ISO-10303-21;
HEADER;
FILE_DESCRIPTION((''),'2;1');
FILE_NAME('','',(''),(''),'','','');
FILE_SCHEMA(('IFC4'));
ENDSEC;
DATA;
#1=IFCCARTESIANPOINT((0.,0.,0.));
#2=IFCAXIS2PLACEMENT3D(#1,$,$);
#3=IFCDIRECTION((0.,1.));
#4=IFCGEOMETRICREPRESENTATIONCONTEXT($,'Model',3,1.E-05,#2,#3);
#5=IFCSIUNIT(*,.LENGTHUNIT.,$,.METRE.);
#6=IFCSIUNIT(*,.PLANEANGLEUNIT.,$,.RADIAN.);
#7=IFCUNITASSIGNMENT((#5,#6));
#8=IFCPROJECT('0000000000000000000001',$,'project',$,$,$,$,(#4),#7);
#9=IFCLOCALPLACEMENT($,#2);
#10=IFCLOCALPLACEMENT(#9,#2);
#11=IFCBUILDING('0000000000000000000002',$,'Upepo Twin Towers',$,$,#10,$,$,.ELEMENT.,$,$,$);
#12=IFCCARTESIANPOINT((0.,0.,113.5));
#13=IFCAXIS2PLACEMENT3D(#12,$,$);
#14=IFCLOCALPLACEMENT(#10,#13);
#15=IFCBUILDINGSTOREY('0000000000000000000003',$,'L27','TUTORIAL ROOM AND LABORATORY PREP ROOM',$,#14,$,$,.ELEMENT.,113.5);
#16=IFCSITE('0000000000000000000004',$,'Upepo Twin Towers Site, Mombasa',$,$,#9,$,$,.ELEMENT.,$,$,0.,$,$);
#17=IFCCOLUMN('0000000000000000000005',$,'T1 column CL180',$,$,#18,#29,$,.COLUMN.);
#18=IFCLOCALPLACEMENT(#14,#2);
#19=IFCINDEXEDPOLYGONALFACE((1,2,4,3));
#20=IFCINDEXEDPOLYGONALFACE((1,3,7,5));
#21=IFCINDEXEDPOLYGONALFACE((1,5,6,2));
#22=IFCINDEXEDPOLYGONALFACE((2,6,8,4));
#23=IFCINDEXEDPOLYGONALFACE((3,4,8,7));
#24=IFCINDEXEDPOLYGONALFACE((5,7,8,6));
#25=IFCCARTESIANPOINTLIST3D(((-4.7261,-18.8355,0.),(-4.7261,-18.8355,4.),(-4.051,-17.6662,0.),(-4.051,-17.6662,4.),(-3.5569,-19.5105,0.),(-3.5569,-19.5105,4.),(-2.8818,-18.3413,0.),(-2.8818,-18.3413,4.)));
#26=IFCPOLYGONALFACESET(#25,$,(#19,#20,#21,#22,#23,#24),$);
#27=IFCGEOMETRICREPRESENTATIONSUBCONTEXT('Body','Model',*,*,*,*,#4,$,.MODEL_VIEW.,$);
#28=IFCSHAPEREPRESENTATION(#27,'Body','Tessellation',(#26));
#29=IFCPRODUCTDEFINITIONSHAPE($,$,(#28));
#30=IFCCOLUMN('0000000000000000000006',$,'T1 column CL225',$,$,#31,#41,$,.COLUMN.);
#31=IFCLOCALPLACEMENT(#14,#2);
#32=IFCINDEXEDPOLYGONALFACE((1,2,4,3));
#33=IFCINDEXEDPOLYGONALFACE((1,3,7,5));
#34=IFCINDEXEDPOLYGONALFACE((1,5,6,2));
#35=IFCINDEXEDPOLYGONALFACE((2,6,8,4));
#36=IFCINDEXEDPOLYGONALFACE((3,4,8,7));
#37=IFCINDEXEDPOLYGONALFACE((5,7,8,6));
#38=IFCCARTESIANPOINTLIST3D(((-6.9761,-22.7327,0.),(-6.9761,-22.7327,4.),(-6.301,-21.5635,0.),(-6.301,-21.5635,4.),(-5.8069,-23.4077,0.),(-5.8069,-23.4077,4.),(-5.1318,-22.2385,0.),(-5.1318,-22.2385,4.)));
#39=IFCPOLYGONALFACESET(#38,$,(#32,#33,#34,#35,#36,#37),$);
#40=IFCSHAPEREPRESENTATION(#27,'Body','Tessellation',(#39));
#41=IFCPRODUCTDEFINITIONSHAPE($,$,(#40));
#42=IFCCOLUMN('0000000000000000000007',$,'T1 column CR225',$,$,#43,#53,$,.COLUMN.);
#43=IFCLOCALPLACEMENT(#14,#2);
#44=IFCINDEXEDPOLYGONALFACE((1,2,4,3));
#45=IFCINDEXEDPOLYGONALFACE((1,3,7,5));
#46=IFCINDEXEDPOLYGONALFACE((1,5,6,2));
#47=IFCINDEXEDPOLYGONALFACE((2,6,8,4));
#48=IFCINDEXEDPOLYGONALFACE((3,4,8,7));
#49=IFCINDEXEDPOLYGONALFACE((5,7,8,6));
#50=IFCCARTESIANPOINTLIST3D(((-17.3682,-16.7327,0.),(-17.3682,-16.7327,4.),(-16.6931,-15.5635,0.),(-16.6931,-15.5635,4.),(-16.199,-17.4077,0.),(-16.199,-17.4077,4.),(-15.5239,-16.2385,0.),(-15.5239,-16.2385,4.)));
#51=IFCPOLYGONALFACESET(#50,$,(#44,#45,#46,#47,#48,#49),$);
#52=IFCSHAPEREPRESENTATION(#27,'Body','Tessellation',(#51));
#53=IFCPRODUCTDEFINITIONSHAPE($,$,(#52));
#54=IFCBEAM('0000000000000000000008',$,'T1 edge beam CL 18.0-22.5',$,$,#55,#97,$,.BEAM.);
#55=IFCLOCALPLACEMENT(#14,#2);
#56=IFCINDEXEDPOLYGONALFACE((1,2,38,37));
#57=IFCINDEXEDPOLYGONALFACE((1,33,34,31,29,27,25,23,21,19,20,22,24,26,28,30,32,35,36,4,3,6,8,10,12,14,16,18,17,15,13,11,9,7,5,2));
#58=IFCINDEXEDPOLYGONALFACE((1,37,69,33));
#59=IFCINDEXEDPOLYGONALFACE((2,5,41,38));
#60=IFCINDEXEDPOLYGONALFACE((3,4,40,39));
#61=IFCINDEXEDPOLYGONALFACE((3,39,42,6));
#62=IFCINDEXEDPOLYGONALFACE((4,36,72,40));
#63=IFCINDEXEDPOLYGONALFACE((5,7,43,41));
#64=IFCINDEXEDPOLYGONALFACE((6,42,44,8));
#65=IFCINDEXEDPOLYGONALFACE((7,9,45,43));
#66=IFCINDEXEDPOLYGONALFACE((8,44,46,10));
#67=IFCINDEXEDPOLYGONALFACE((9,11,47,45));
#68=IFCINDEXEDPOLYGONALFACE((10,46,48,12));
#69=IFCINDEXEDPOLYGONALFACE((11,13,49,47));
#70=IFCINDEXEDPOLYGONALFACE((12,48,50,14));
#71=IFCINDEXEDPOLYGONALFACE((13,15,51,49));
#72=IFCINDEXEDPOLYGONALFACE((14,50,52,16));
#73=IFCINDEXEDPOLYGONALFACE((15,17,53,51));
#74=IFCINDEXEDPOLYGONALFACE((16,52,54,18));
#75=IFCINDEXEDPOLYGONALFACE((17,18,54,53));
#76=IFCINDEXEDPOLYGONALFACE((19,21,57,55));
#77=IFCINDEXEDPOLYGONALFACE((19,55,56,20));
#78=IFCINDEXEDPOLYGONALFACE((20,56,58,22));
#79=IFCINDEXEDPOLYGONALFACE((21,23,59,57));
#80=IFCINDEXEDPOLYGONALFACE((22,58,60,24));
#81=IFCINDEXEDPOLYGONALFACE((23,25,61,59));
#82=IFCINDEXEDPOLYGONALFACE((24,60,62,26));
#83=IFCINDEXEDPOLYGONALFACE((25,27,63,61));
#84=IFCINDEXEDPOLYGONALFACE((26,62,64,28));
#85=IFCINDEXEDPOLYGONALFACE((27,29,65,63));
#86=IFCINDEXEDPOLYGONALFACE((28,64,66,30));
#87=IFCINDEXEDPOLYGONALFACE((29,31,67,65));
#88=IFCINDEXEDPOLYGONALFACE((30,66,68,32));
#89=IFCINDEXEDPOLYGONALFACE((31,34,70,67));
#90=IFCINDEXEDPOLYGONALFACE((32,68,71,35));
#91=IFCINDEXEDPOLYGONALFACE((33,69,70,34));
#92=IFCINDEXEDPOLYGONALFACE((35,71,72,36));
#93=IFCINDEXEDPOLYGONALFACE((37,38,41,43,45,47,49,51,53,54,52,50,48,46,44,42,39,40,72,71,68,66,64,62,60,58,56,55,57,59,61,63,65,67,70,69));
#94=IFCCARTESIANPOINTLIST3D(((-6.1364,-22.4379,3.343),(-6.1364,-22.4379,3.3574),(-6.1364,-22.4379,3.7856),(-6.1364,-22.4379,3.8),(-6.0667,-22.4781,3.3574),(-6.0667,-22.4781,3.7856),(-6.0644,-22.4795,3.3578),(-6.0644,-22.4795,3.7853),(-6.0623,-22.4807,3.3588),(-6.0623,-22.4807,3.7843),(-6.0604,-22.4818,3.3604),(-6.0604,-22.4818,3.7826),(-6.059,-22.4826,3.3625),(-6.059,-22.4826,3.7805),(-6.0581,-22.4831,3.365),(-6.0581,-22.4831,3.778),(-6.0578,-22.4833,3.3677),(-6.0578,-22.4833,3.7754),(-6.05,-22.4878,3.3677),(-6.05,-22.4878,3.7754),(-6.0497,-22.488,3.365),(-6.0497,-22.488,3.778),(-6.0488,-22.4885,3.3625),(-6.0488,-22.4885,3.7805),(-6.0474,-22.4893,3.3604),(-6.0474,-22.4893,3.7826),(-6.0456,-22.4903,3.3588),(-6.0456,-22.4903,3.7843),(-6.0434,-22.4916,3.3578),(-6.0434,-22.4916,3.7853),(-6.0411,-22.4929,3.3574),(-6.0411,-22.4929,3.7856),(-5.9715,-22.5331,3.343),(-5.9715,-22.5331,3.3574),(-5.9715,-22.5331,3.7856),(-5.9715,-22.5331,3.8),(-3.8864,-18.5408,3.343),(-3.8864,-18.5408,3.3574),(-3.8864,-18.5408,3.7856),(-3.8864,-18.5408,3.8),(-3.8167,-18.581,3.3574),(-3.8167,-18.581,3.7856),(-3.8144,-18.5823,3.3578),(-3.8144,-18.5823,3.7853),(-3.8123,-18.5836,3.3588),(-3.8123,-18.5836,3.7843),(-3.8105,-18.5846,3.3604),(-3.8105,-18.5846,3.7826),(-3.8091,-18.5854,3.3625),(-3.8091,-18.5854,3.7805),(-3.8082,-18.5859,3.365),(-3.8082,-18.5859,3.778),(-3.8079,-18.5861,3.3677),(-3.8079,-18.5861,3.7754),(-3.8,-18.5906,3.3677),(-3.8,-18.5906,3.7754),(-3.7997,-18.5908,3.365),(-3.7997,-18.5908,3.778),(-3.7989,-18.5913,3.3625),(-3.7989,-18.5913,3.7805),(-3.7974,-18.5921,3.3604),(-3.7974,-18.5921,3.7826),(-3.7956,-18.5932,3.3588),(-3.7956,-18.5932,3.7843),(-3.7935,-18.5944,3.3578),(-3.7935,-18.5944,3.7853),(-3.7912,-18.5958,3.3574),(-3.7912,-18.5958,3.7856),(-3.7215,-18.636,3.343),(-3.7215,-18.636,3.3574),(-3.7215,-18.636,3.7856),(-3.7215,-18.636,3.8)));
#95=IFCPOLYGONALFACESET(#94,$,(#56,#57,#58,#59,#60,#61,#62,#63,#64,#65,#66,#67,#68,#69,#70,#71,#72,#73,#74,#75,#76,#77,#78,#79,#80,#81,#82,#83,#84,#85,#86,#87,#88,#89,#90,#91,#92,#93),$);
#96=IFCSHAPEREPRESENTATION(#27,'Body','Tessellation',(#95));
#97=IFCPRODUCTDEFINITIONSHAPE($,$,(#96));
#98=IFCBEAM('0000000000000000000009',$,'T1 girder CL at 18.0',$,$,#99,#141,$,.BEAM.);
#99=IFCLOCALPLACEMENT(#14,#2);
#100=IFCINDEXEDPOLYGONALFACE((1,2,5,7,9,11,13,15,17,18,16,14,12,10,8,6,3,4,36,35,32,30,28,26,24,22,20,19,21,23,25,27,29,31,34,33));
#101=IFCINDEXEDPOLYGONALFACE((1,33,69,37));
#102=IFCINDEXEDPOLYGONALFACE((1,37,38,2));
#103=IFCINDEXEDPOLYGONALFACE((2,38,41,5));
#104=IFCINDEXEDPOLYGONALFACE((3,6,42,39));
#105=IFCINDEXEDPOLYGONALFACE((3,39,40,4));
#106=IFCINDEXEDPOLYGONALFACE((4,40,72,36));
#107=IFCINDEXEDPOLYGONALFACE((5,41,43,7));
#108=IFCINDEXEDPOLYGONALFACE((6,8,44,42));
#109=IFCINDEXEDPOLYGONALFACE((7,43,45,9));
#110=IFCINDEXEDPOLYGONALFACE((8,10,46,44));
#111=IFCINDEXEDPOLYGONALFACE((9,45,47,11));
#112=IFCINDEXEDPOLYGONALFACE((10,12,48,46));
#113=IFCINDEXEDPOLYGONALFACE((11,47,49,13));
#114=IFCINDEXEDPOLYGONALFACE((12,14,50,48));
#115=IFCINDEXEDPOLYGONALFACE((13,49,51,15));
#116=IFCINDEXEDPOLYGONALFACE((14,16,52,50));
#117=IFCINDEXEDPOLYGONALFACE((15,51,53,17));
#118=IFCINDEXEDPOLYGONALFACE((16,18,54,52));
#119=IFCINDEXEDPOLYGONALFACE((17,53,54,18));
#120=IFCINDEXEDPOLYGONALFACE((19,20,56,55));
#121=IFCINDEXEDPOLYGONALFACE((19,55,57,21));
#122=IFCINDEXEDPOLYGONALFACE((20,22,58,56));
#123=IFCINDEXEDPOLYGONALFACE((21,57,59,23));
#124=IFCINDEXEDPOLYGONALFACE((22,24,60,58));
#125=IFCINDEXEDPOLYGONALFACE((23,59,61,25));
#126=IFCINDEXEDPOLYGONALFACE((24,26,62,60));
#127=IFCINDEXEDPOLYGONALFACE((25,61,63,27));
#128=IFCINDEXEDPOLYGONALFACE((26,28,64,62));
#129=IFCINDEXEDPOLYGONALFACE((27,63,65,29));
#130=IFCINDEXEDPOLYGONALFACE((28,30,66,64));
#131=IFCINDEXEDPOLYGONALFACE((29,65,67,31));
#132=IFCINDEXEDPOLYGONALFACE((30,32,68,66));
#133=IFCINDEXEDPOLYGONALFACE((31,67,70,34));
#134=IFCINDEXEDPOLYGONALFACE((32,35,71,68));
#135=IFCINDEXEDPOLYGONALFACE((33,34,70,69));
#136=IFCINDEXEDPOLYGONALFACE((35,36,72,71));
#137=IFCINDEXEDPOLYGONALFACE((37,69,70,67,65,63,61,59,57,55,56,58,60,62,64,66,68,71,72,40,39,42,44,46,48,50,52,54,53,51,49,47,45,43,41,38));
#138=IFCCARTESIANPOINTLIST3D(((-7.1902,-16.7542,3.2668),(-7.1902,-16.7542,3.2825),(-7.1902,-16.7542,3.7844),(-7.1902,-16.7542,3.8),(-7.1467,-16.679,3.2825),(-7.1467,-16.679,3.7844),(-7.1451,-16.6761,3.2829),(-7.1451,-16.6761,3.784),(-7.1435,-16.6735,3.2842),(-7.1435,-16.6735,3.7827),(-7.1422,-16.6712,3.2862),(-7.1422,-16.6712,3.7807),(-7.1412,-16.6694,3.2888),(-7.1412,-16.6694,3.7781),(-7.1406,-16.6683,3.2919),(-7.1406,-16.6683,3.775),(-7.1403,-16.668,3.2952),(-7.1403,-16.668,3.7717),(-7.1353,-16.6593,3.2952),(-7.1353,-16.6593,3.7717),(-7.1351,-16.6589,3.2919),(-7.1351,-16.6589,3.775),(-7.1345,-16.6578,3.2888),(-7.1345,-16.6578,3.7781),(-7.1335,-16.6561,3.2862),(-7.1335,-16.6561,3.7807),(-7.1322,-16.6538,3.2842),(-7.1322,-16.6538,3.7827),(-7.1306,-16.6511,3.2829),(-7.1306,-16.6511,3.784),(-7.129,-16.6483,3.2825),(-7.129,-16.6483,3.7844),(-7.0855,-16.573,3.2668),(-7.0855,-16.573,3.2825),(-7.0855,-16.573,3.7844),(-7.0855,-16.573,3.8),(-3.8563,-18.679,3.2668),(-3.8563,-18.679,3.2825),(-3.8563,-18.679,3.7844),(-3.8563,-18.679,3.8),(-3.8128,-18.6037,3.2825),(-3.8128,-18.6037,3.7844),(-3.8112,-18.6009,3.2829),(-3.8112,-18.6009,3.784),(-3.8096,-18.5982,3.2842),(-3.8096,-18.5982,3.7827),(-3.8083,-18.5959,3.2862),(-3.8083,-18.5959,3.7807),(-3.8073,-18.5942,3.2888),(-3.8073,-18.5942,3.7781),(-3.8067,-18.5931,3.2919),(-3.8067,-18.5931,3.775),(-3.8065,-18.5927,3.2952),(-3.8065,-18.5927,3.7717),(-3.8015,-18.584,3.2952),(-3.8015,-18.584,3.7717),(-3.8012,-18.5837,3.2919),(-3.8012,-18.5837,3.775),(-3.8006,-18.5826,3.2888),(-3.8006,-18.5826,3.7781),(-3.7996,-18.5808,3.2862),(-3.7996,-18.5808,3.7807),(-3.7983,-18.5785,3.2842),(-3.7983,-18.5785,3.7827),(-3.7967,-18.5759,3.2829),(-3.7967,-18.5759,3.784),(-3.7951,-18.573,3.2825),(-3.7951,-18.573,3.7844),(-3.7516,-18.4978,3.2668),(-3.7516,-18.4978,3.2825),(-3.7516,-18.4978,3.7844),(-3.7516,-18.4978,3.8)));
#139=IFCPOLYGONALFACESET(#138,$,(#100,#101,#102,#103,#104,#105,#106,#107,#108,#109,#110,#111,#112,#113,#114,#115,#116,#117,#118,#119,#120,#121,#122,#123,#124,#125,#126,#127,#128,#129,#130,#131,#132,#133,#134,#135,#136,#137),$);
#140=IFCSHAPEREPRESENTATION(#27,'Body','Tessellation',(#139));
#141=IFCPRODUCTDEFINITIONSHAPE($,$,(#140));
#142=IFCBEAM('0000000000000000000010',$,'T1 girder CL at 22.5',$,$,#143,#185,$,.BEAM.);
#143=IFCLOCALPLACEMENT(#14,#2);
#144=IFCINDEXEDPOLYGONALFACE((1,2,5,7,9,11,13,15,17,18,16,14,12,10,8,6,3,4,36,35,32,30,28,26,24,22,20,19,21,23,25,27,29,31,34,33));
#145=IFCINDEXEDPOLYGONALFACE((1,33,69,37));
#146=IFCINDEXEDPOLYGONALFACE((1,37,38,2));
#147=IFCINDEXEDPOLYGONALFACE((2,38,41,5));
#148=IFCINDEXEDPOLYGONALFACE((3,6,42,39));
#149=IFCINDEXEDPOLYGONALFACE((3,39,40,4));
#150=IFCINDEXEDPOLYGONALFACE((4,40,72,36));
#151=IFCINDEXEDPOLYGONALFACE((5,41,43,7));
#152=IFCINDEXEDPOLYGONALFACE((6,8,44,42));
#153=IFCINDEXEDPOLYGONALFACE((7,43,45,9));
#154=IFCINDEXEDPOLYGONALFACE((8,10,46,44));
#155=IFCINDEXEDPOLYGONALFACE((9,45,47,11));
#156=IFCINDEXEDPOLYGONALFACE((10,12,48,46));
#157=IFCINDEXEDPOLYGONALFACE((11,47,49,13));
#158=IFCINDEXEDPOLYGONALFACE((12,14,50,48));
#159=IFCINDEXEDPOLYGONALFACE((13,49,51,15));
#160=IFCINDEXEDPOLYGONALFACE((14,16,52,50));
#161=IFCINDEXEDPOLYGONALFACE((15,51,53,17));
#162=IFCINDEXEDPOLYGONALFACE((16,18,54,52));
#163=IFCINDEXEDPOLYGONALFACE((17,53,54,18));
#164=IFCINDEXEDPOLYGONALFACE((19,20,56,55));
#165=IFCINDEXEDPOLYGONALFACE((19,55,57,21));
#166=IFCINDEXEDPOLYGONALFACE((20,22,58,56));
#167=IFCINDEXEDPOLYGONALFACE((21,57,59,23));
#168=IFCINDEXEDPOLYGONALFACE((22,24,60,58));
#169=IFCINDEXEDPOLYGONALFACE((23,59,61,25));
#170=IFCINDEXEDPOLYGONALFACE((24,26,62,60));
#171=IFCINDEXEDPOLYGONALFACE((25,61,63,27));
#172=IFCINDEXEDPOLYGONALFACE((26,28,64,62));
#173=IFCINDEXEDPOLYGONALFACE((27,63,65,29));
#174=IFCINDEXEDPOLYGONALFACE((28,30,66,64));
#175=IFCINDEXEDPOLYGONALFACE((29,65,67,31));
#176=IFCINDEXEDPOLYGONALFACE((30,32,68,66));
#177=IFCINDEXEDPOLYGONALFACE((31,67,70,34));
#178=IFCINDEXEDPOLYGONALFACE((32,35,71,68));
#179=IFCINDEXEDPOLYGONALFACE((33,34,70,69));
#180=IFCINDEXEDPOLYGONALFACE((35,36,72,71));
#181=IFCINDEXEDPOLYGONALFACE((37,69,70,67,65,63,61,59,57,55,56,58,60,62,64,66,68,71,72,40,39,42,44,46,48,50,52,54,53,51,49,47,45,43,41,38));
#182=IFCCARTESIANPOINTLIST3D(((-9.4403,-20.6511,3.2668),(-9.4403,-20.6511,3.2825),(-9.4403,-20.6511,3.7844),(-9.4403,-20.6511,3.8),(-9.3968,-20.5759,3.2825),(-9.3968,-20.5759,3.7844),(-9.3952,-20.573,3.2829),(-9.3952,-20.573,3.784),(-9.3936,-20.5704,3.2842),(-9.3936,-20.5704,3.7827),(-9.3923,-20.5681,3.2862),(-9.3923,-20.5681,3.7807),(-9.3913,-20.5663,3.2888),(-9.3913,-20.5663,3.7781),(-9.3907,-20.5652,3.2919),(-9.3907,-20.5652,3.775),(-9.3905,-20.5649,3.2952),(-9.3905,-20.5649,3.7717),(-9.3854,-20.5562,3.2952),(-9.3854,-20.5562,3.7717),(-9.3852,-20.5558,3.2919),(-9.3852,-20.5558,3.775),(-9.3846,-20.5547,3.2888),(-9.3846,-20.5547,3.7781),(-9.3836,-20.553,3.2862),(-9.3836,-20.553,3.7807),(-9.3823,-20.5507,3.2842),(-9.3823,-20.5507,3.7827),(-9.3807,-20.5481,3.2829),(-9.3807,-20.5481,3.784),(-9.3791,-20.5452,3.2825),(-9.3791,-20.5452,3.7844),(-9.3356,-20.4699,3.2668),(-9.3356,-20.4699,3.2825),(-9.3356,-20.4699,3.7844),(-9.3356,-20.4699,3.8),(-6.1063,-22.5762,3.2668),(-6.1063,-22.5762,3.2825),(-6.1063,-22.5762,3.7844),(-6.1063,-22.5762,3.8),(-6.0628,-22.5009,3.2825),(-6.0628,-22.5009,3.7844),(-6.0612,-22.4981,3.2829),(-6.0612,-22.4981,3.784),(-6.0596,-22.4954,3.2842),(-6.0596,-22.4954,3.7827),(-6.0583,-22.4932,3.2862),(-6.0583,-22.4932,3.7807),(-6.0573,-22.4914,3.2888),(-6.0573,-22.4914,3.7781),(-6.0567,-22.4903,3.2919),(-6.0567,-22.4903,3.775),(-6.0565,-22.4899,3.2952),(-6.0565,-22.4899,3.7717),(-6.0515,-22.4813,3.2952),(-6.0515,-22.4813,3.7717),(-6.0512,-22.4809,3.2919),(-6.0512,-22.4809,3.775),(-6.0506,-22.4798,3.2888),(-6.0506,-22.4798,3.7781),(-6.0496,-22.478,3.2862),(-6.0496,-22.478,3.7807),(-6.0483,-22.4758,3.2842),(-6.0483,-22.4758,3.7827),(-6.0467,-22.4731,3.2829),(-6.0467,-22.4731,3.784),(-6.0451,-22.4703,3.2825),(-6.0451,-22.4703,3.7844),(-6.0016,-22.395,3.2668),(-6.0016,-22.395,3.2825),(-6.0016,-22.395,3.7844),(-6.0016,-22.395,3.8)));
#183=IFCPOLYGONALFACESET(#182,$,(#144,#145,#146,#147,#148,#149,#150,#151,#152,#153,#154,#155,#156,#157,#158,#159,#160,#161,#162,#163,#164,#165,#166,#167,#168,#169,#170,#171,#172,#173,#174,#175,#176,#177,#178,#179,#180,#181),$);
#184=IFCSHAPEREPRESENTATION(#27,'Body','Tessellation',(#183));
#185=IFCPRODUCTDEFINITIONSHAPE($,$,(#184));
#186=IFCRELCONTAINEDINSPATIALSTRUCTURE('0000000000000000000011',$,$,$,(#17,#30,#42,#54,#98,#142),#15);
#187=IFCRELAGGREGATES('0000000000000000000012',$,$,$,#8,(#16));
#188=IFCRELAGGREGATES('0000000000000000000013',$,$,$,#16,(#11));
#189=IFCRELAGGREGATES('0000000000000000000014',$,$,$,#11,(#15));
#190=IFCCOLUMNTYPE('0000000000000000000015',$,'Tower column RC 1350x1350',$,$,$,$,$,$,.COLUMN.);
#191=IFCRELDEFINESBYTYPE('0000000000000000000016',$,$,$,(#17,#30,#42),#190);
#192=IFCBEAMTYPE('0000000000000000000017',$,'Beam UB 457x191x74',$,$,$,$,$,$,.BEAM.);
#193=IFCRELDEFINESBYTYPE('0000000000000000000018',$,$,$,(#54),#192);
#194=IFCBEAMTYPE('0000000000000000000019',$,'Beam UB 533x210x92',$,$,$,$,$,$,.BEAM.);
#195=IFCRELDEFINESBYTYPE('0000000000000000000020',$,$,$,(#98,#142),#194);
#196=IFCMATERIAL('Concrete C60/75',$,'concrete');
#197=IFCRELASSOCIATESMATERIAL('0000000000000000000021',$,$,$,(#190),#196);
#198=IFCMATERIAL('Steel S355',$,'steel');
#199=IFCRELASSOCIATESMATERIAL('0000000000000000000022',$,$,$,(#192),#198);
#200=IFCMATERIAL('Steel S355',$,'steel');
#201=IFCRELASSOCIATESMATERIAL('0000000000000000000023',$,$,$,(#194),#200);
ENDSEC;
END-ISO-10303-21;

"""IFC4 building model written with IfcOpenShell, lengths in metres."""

from ifc_helpers import new_model, si_unit, direction, frame, origin, origin_2d, place, context, subcontext, project, spatial, rectangle, i_section, extrude, material, material_profile, profile_set, type_object, element, save


model = new_model("IFC4")

# Units and contexts
model_context = context("Model", 3, precision=1e-05, world=origin(), true_north=direction((0.0, 1.0)))
body_context = subcontext(model_context, "Body", "Model", "MODEL_VIEW")
ifc_project = project(units=[si_unit("LENGTHUNIT", "METRE"), si_unit("PLANEANGLEUNIT", "RADIAN")], contexts=[model_context])

# Site, building, storey
site_placement = place(None, origin())
site = spatial("IfcSite", under=ifc_project, at=site_placement, Name="Upepo Twin Towers Site, Mombasa", CompositionType="ELEMENT", RefElevation=0.0)
building_placement = place(site_placement, origin())
building = spatial("IfcBuilding", under=site, at=building_placement, Name="Upepo Twin Towers", CompositionType="ELEMENT")
storey_placement = place(building_placement, frame((0.0, 0.0, 113.5)))
storey = spatial("IfcBuildingStorey", under=building, at=storey_placement, Name="L27", Description="TUTORIAL ROOM AND LABORATORY PREP ROOM", CompositionType="ELEMENT", Elevation=113.5)

# Columns
ifc_material_1 = material(Name="Concrete C60/75", Category="concrete")
ifc_material_profile_1 = material_profile(ifc_material_1, rectangle(XDim=1.3501, YDim=1.3501, at=origin_2d()), Name="RC 1350x1350")
ifc_profile_set_1 = profile_set([ifc_material_profile_1], Name="Concrete C60/75")
column_type = type_object("IfcColumnType", Name="Tower column RC 1350x1350", PredefinedType="COLUMN", material=ifc_profile_set_1)
for number, where, z_axis, x_axis, name in (
    (1, (-3.804, -18.5884, 0.0), (0.0, 0.0, 1.0), (0.5, 0.866025, 0.0), "T1 column CL180"),
    (2, (-6.054, -22.4856, 0.0), (0.0, 0.0, 1.0), (0.5, 0.866025, 0.0), "T1 column CL225"),
    (3, (-16.446, -16.4856, 0.0), (0.0, 0.0, 1.0), (0.5, 0.866025, 0.0), "T1 column CR225"),
):
    element("IfcColumn", number, at=place(storey_placement, frame(where, z_axis=z_axis, x_axis=x_axis)), inside=storey, type_object=column_type, Name=name, PredefinedType="COLUMN", context=body_context, shape_type="SweptSolid", body=[
        extrude(rectangle(XDim=1.3501, YDim=1.3501, at=origin_2d()), origin(), (0.0, 0.0, 1.0), 4.0),
    ])

# Beams
ifc_material_2 = material(Name="Steel S355", Category="steel")
ifc_material_profile_2 = material_profile(ifc_material_2, i_section(OverallWidth=0.1904, OverallDepth=0.457, WebThickness=0.009, FlangeThickness=0.0144, FilletRadius=0.0103, at=origin_2d()), Name="UB 457x191x74")
ifc_profile_set_2 = profile_set([ifc_material_profile_2], Name="Steel S355")
beam_type_1 = type_object("IfcBeamType", Name="Beam UB 457x191x74", PredefinedType="BEAM", material=ifc_profile_set_2)
beam_1_placement = place(storey_placement, frame((-3.804, -18.5884, 3.5715), z_axis=(-0.49999, -0.866031, 0.0), x_axis=(0.866031, -0.49999, 0.0)))
element("IfcBeam", 4, at=beam_1_placement, inside=storey, type_object=beam_type_1, Name="T1 edge beam CL 18.0-22.5", PredefinedType="BEAM", context=body_context, shape_type="SweptSolid", body=[
    extrude(i_section(OverallWidth=0.1904, OverallDepth=0.457, WebThickness=0.009, FlangeThickness=0.0144, FilletRadius=0.0103, at=origin_2d()), origin(), (0.0, 0.0, 1.0), 4.5),
])
ifc_material_3 = material(Name="Steel S355", Category="steel")
ifc_material_profile_3 = material_profile(ifc_material_3, i_section(OverallWidth=0.2092, OverallDepth=0.5332, WebThickness=0.01, FlangeThickness=0.0156, FilletRadius=0.0127, at=origin_2d()), Name="UB 533x210x92")
ifc_profile_set_3 = profile_set([ifc_material_profile_3], Name="Steel S355")
beam_type_2 = type_object("IfcBeamType", Name="Beam UB 533x210x92", PredefinedType="BEAM", material=ifc_profile_set_3)
beam_2_placement = place(storey_placement, frame((-3.804, -18.5884, 3.5334), z_axis=(-0.866034, 0.499986, 0.0), x_axis=(-0.499986, -0.866034, 0.0)))
element("IfcBeam", 5, at=beam_2_placement, inside=storey, type_object=beam_type_2, Name="T1 girder CL at 18.0", PredefinedType="BEAM", context=body_context, shape_type="SweptSolid", body=[
    extrude(i_section(OverallWidth=0.2092, OverallDepth=0.5332, WebThickness=0.01, FlangeThickness=0.0156, FilletRadius=0.0127, at=origin_2d()), origin(), (0.0, 0.0, 1.0), 3.8496),
])
for number, where, z_axis, x_axis, name in (
    (6, (-6.054, -22.4856, 3.5334), (-0.866006, 0.500034, 0.0), (-0.500034, -0.866006, 0.0), "T1 girder CL at 22.5"),
):
    element("IfcBeam", number, at=place(storey_placement, frame(where, z_axis=z_axis, x_axis=x_axis)), inside=storey, type_object=beam_type_2, Name=name, PredefinedType="BEAM", context=body_context, shape_type="SweptSolid", body=[
        extrude(i_section(OverallWidth=0.2092, OverallDepth=0.5332, WebThickness=0.01, FlangeThickness=0.0156, FilletRadius=0.0127, at=origin_2d()), origin(), (0.0, 0.0, 1.0), 3.8499),
    ])

save(model, "model.ifc")
